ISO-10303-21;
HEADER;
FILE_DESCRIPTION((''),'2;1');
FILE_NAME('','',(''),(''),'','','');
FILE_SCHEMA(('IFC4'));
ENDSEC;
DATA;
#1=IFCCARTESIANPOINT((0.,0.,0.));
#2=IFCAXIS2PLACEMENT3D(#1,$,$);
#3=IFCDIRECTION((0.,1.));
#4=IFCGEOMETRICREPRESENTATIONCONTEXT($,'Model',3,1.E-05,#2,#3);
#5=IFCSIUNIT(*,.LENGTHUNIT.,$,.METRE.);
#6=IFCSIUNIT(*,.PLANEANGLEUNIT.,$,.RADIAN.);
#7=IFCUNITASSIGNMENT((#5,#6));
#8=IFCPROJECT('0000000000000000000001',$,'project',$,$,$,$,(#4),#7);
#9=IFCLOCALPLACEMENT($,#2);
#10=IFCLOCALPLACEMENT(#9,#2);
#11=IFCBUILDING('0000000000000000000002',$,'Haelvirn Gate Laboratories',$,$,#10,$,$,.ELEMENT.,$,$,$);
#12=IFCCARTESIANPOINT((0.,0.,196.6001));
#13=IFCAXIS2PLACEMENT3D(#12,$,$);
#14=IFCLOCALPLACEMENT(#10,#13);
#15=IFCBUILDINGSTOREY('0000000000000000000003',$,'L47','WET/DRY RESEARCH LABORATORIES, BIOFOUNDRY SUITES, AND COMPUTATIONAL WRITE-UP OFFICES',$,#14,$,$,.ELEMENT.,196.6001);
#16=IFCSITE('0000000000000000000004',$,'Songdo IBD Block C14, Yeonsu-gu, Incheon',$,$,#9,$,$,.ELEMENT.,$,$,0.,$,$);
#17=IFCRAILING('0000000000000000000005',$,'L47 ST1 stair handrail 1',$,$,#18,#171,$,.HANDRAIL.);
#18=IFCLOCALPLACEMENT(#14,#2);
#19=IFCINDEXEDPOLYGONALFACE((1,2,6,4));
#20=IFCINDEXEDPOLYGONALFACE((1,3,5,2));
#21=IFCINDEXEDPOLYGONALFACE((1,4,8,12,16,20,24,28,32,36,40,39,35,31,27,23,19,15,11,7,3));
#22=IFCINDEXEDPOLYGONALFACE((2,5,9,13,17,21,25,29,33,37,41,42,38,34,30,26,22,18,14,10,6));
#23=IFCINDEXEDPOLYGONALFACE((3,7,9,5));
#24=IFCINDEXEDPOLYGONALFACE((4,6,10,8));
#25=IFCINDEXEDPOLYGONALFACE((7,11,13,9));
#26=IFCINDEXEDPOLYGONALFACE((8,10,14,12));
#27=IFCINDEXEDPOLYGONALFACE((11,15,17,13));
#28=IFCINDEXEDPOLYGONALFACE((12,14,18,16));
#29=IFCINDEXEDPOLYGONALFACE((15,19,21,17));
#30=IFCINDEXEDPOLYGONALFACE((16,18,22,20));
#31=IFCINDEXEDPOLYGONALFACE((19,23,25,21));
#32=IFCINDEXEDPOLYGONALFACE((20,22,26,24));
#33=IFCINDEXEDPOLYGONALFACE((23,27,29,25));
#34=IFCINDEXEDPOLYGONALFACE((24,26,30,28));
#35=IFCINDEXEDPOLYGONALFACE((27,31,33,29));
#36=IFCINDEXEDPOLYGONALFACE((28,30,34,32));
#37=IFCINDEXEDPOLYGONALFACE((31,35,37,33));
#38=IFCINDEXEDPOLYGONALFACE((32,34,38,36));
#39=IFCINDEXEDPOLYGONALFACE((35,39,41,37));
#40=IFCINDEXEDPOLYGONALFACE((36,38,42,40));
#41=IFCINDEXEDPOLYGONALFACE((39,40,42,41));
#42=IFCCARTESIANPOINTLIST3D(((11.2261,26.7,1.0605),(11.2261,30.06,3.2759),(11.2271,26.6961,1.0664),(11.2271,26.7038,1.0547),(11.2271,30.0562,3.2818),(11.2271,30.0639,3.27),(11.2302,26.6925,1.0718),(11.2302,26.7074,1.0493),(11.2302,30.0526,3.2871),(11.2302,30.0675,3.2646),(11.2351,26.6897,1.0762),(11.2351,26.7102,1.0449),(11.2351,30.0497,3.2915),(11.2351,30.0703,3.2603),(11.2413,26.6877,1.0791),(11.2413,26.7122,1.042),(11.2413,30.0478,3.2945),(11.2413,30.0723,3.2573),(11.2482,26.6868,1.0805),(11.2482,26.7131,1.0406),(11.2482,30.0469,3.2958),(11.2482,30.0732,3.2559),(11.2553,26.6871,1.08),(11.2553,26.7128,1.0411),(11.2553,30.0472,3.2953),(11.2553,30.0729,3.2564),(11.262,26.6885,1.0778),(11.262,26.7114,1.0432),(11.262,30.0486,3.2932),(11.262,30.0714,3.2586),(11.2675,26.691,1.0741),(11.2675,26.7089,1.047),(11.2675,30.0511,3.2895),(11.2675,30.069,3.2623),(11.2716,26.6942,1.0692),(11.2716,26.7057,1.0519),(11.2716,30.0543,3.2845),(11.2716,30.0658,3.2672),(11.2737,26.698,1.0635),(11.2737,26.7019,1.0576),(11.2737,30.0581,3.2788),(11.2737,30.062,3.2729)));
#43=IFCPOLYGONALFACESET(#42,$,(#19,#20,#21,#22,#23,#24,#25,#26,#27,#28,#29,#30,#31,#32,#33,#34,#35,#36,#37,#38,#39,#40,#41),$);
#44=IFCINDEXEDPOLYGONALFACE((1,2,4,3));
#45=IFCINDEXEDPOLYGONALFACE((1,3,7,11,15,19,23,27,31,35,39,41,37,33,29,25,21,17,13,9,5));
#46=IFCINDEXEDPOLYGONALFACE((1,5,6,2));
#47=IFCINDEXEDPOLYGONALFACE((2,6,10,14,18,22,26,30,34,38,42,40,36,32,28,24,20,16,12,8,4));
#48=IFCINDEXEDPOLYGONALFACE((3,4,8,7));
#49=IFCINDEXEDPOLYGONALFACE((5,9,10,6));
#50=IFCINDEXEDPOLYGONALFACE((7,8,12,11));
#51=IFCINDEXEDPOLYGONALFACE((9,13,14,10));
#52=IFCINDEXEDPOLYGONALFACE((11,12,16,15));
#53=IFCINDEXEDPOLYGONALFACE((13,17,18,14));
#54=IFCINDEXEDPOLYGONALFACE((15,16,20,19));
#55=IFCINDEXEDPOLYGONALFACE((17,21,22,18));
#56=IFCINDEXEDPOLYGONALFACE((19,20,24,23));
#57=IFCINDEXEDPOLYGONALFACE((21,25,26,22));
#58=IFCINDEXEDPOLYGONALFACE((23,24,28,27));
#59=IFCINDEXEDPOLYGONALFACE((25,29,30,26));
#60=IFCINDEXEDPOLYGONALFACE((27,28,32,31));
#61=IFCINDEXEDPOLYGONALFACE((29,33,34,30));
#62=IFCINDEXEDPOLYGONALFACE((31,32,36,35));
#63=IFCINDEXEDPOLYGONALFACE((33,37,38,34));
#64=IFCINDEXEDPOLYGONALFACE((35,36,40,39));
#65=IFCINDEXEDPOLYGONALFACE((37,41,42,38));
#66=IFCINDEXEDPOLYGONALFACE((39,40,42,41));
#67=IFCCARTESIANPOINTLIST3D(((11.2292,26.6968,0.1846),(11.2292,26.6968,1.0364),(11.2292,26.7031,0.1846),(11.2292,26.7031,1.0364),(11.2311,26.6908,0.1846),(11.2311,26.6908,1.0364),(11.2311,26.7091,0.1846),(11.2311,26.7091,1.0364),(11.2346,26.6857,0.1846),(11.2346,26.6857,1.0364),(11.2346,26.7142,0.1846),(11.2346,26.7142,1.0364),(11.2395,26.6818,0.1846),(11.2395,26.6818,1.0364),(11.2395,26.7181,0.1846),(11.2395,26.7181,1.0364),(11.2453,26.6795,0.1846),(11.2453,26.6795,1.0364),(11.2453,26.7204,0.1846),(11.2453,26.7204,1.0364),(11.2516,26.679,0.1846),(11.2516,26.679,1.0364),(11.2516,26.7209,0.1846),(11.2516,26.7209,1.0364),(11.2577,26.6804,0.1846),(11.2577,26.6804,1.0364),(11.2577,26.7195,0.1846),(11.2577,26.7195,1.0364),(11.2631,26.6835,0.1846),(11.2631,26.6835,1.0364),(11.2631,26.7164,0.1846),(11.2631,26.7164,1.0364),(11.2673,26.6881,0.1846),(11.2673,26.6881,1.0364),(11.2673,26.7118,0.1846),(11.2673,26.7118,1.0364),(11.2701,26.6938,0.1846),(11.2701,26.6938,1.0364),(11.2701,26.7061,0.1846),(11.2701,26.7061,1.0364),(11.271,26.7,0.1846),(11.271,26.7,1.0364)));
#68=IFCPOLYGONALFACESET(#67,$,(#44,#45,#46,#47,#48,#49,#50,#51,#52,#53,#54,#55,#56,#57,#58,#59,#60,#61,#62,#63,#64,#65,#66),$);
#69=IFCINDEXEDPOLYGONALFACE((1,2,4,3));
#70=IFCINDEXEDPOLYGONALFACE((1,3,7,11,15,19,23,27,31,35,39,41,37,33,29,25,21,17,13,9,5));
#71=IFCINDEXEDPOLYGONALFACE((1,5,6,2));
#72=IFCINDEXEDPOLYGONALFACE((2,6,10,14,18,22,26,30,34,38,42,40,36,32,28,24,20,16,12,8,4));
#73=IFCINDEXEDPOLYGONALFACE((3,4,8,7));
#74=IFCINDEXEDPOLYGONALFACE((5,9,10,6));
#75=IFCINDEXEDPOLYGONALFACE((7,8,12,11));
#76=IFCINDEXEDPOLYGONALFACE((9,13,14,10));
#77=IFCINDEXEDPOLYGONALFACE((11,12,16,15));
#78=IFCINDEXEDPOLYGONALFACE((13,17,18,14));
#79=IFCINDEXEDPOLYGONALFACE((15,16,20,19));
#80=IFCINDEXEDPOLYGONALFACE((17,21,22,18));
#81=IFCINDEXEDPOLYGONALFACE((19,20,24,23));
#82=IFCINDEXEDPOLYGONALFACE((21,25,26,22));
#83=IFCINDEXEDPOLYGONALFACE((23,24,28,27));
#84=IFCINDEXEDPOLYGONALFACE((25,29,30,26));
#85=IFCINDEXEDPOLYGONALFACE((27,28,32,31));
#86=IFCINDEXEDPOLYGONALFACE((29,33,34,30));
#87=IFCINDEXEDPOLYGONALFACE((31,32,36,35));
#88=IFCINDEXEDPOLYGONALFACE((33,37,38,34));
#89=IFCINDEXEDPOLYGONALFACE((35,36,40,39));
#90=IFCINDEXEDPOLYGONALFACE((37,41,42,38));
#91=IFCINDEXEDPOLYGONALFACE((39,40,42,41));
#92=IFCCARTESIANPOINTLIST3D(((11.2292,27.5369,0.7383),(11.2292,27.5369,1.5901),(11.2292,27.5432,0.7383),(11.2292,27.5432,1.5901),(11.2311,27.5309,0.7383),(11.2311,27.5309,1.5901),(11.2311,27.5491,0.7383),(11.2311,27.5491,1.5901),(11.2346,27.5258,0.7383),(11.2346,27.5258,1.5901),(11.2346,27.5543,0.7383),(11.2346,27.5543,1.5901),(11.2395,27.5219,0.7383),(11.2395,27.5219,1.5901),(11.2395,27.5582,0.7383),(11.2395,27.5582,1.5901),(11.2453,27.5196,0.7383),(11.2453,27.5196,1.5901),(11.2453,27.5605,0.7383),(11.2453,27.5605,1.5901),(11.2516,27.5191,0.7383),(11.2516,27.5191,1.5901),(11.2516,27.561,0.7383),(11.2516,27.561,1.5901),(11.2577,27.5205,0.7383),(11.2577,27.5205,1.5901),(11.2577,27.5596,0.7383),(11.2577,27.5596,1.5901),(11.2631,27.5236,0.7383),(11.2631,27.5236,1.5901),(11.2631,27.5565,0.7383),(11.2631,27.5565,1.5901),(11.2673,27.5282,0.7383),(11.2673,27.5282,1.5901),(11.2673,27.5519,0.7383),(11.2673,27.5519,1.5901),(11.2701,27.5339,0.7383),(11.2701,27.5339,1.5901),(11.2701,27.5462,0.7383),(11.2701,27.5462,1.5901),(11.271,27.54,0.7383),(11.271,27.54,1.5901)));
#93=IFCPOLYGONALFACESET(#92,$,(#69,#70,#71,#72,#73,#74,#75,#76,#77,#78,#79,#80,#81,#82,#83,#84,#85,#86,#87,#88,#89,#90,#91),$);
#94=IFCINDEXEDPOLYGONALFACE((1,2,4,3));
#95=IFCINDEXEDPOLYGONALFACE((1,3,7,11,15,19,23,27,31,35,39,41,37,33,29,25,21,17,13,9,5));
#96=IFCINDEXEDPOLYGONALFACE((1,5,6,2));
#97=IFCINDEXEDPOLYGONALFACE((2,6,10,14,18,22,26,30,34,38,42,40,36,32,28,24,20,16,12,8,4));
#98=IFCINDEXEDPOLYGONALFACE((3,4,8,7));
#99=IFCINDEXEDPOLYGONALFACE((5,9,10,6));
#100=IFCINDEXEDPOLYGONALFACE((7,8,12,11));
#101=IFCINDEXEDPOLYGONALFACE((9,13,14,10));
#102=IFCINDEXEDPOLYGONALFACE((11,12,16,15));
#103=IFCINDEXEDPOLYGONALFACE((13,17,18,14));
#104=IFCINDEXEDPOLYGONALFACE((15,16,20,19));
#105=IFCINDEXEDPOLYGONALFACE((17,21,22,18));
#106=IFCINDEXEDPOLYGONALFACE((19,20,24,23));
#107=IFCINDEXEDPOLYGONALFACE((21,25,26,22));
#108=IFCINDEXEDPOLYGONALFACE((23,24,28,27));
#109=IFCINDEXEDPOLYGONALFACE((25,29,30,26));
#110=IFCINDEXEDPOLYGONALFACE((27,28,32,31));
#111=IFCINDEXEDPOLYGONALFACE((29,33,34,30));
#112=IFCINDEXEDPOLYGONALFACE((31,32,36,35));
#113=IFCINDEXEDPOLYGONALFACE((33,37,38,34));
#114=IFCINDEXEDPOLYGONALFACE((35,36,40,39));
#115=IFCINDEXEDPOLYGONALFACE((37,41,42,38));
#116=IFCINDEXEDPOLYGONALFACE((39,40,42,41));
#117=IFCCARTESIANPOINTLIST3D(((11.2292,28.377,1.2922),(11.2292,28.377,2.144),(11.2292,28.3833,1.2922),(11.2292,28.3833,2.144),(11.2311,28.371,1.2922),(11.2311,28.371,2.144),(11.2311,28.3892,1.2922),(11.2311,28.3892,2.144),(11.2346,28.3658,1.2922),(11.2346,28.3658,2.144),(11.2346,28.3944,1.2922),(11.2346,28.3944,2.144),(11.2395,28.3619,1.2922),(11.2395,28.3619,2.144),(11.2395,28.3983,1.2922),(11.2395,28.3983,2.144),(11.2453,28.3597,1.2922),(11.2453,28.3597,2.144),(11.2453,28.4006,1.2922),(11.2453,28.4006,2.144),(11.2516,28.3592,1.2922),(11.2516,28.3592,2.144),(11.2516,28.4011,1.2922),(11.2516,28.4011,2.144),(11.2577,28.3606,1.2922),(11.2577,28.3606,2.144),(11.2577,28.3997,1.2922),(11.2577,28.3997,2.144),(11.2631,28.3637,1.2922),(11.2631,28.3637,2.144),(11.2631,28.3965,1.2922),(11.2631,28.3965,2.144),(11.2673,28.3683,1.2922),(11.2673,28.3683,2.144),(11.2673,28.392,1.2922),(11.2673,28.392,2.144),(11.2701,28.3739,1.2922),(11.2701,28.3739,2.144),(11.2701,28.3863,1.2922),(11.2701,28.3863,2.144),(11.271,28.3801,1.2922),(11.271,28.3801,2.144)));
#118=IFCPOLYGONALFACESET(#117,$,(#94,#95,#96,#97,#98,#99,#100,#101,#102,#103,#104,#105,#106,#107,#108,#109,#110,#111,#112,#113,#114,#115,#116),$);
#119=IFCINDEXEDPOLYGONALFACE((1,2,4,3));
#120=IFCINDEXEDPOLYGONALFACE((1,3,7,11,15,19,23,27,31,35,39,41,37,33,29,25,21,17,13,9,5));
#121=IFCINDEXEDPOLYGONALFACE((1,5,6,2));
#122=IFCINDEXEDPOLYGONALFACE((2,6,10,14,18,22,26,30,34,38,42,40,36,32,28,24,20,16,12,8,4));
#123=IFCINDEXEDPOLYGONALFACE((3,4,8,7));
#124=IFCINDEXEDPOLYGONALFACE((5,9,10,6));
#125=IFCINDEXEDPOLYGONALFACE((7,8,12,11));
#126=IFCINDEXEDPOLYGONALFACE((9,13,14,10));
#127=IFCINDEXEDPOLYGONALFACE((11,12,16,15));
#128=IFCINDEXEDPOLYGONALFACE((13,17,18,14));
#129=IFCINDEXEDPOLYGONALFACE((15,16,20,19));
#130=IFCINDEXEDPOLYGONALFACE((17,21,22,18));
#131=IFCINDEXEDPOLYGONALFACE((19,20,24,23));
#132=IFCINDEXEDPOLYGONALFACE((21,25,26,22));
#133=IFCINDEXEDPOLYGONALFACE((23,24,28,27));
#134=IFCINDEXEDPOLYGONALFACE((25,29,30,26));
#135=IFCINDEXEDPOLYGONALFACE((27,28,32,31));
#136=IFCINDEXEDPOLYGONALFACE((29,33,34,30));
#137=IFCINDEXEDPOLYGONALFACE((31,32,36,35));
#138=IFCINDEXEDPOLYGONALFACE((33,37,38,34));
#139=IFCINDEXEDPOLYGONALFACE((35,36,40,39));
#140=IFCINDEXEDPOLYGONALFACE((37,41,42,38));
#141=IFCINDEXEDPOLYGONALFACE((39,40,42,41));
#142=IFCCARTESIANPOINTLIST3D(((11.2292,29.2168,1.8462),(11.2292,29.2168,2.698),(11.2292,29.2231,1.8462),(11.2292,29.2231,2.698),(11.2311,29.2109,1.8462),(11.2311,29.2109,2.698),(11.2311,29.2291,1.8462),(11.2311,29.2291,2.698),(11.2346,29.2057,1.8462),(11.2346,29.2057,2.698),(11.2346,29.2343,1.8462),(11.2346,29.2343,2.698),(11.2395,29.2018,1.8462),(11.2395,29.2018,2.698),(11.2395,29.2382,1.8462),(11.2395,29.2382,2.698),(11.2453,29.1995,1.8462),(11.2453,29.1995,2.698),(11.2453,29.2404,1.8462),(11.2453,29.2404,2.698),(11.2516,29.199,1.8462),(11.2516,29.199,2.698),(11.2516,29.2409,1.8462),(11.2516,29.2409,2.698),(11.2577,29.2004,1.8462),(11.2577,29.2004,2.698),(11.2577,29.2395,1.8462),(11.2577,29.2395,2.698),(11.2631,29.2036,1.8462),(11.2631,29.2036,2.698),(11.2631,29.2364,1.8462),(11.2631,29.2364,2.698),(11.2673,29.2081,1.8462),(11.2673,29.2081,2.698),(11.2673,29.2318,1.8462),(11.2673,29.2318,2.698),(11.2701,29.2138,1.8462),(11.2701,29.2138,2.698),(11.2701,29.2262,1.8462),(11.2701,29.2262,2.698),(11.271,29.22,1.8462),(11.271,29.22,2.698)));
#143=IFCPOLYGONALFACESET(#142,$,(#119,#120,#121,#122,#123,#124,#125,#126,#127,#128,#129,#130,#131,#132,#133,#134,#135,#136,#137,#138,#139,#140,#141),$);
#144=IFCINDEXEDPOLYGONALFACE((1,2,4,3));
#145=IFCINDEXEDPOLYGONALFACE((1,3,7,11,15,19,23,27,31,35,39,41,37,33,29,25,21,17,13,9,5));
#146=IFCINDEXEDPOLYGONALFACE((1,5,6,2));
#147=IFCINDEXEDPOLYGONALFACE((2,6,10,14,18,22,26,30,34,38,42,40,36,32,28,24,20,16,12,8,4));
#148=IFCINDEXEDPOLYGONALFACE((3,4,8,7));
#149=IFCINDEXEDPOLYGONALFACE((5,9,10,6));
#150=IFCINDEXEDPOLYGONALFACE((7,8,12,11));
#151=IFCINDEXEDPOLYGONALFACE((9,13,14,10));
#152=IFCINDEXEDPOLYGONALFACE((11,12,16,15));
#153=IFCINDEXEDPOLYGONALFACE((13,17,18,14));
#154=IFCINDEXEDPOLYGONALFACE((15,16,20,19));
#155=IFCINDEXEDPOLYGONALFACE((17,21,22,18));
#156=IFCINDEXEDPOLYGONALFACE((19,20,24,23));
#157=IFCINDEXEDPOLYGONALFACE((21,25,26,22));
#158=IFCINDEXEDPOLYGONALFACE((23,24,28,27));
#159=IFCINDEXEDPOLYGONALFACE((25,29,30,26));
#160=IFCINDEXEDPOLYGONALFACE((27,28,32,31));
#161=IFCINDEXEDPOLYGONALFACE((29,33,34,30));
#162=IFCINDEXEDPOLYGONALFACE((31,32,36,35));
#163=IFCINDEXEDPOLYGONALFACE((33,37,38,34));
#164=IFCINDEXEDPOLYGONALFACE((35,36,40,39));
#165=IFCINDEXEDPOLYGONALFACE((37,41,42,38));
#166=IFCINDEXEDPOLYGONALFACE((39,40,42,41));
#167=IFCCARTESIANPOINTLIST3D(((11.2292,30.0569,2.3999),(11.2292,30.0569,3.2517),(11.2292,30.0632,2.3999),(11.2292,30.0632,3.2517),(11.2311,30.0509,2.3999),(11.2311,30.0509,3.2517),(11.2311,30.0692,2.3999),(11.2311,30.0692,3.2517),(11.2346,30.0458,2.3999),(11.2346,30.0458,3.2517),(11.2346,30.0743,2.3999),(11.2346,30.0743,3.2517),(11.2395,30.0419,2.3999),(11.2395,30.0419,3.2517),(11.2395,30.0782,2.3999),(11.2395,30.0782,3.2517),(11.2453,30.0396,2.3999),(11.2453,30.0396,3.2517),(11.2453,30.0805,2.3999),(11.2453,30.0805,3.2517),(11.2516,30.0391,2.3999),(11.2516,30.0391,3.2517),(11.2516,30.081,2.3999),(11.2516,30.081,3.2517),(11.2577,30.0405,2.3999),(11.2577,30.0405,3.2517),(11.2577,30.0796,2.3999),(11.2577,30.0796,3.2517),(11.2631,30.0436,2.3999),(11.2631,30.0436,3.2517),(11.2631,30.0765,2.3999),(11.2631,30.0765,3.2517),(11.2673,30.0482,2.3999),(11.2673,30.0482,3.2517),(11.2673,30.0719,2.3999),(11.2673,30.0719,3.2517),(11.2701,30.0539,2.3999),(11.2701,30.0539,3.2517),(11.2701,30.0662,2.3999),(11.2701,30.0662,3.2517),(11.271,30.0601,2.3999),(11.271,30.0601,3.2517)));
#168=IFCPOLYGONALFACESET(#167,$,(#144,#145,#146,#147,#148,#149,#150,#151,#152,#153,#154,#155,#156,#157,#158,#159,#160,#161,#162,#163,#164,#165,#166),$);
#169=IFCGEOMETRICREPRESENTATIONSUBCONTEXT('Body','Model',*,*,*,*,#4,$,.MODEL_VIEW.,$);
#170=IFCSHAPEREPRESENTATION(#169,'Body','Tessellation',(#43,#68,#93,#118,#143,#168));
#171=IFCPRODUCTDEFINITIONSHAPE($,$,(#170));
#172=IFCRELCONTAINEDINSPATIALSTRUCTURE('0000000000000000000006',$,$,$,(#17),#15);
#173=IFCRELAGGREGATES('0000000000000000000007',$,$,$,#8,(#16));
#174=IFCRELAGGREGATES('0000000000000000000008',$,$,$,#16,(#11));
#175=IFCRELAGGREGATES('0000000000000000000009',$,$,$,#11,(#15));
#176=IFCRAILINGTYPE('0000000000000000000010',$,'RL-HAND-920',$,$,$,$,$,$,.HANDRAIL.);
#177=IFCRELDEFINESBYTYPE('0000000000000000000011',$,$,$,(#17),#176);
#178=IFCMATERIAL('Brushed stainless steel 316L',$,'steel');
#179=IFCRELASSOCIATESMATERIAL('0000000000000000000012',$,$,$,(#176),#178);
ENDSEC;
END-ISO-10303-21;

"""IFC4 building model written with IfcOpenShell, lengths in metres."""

from ifc_helpers import new_model, si_unit, direction, frame, origin, origin_2d, place, context, subcontext, project, spatial, circle, extrude, source, transform, mapped, material, type_object, type_shapes, element, save


model = new_model("IFC4")

# Units and contexts
model_context = context("Model", 3, precision=1e-05, world=origin(), true_north=direction((0.0, 1.0)))
body_context = subcontext(model_context, "Body", "Model", "MODEL_VIEW")
ifc_project = project(units=[si_unit("LENGTHUNIT", "METRE"), si_unit("PLANEANGLEUNIT", "RADIAN")], contexts=[model_context])

# Site, building, storey
site_placement = place(None, origin())
site = spatial("IfcSite", under=ifc_project, at=site_placement, Name="Songdo IBD Block C14, Yeonsu-gu, Incheon", CompositionType="ELEMENT", RefElevation=0.0)
building_placement = place(site_placement, origin())
building = spatial("IfcBuilding", under=site, at=building_placement, Name="Haelvirn Gate Laboratories", CompositionType="ELEMENT")
storey_placement = place(building_placement, frame((0.0, 0.0, 196.6001)))
storey = spatial("IfcBuildingStorey", under=building, at=storey_placement, Name="L47", Description="WET/DRY RESEARCH LABORATORIES, BIOFOUNDRY SUITES, AND COMPUTATIONAL WRITE-UP OFFICES", CompositionType="ELEMENT", Elevation=196.6001)

# Railing
ifc_material_1 = material(Name="Brushed stainless steel 316L", Category="steel")
railing_type = type_object("IfcRailingType", Name="RL-HAND-920", PredefinedType="HANDRAIL", material=ifc_material_1)
shared_shape_1 = source(origin(), body_context, "Body", "SweptSolid", [
    extrude(circle(Radius=0.0239, at=origin_2d()), frame((0.0, 0.0, 0.876), z_axis=(0.0, 0.834876, 0.550437), x_axis=(-1.0, 0.0, 0.0)), (0.0, 0.0, 1.0), 4.0247),
    extrude(circle(Radius=0.021, at=origin_2d()), origin(), (0.0, 0.0, 1.0), 0.8518),
    extrude(circle(Radius=0.021, at=origin_2d()), frame((0.0, 0.8401, 0.5537)), (0.0, 0.0, 1.0), 0.8518),
    extrude(circle(Radius=0.021, at=origin_2d()), frame((0.0, 1.6802, 1.1077)), (0.0, 0.0, 1.0), 0.8518),
    extrude(circle(Radius=0.021, at=origin_2d()), frame((0.0, 2.52, 1.6616)), (0.0, 0.0, 1.0), 0.8518),
    extrude(circle(Radius=0.021, at=origin_2d()), frame((0.0, 3.3601, 2.2153)), (0.0, 0.0, 1.0), 0.8518),
])
type_shapes(railing_type, [shared_shape_1])
railing_placement = place(storey_placement, frame((11.25, 26.7, 0.1846)))
element("IfcRailing", 1, at=railing_placement, inside=storey, type_object=railing_type, Name="L47 ST1 stair handrail 1", PredefinedType="HANDRAIL", context=body_context, shape_type="MappedRepresentation", body=[
    mapped(shared_shape_1, transform((0.0, 0.0, 0.0), scale=1.0)),
])

save(model, "model.ifc")
